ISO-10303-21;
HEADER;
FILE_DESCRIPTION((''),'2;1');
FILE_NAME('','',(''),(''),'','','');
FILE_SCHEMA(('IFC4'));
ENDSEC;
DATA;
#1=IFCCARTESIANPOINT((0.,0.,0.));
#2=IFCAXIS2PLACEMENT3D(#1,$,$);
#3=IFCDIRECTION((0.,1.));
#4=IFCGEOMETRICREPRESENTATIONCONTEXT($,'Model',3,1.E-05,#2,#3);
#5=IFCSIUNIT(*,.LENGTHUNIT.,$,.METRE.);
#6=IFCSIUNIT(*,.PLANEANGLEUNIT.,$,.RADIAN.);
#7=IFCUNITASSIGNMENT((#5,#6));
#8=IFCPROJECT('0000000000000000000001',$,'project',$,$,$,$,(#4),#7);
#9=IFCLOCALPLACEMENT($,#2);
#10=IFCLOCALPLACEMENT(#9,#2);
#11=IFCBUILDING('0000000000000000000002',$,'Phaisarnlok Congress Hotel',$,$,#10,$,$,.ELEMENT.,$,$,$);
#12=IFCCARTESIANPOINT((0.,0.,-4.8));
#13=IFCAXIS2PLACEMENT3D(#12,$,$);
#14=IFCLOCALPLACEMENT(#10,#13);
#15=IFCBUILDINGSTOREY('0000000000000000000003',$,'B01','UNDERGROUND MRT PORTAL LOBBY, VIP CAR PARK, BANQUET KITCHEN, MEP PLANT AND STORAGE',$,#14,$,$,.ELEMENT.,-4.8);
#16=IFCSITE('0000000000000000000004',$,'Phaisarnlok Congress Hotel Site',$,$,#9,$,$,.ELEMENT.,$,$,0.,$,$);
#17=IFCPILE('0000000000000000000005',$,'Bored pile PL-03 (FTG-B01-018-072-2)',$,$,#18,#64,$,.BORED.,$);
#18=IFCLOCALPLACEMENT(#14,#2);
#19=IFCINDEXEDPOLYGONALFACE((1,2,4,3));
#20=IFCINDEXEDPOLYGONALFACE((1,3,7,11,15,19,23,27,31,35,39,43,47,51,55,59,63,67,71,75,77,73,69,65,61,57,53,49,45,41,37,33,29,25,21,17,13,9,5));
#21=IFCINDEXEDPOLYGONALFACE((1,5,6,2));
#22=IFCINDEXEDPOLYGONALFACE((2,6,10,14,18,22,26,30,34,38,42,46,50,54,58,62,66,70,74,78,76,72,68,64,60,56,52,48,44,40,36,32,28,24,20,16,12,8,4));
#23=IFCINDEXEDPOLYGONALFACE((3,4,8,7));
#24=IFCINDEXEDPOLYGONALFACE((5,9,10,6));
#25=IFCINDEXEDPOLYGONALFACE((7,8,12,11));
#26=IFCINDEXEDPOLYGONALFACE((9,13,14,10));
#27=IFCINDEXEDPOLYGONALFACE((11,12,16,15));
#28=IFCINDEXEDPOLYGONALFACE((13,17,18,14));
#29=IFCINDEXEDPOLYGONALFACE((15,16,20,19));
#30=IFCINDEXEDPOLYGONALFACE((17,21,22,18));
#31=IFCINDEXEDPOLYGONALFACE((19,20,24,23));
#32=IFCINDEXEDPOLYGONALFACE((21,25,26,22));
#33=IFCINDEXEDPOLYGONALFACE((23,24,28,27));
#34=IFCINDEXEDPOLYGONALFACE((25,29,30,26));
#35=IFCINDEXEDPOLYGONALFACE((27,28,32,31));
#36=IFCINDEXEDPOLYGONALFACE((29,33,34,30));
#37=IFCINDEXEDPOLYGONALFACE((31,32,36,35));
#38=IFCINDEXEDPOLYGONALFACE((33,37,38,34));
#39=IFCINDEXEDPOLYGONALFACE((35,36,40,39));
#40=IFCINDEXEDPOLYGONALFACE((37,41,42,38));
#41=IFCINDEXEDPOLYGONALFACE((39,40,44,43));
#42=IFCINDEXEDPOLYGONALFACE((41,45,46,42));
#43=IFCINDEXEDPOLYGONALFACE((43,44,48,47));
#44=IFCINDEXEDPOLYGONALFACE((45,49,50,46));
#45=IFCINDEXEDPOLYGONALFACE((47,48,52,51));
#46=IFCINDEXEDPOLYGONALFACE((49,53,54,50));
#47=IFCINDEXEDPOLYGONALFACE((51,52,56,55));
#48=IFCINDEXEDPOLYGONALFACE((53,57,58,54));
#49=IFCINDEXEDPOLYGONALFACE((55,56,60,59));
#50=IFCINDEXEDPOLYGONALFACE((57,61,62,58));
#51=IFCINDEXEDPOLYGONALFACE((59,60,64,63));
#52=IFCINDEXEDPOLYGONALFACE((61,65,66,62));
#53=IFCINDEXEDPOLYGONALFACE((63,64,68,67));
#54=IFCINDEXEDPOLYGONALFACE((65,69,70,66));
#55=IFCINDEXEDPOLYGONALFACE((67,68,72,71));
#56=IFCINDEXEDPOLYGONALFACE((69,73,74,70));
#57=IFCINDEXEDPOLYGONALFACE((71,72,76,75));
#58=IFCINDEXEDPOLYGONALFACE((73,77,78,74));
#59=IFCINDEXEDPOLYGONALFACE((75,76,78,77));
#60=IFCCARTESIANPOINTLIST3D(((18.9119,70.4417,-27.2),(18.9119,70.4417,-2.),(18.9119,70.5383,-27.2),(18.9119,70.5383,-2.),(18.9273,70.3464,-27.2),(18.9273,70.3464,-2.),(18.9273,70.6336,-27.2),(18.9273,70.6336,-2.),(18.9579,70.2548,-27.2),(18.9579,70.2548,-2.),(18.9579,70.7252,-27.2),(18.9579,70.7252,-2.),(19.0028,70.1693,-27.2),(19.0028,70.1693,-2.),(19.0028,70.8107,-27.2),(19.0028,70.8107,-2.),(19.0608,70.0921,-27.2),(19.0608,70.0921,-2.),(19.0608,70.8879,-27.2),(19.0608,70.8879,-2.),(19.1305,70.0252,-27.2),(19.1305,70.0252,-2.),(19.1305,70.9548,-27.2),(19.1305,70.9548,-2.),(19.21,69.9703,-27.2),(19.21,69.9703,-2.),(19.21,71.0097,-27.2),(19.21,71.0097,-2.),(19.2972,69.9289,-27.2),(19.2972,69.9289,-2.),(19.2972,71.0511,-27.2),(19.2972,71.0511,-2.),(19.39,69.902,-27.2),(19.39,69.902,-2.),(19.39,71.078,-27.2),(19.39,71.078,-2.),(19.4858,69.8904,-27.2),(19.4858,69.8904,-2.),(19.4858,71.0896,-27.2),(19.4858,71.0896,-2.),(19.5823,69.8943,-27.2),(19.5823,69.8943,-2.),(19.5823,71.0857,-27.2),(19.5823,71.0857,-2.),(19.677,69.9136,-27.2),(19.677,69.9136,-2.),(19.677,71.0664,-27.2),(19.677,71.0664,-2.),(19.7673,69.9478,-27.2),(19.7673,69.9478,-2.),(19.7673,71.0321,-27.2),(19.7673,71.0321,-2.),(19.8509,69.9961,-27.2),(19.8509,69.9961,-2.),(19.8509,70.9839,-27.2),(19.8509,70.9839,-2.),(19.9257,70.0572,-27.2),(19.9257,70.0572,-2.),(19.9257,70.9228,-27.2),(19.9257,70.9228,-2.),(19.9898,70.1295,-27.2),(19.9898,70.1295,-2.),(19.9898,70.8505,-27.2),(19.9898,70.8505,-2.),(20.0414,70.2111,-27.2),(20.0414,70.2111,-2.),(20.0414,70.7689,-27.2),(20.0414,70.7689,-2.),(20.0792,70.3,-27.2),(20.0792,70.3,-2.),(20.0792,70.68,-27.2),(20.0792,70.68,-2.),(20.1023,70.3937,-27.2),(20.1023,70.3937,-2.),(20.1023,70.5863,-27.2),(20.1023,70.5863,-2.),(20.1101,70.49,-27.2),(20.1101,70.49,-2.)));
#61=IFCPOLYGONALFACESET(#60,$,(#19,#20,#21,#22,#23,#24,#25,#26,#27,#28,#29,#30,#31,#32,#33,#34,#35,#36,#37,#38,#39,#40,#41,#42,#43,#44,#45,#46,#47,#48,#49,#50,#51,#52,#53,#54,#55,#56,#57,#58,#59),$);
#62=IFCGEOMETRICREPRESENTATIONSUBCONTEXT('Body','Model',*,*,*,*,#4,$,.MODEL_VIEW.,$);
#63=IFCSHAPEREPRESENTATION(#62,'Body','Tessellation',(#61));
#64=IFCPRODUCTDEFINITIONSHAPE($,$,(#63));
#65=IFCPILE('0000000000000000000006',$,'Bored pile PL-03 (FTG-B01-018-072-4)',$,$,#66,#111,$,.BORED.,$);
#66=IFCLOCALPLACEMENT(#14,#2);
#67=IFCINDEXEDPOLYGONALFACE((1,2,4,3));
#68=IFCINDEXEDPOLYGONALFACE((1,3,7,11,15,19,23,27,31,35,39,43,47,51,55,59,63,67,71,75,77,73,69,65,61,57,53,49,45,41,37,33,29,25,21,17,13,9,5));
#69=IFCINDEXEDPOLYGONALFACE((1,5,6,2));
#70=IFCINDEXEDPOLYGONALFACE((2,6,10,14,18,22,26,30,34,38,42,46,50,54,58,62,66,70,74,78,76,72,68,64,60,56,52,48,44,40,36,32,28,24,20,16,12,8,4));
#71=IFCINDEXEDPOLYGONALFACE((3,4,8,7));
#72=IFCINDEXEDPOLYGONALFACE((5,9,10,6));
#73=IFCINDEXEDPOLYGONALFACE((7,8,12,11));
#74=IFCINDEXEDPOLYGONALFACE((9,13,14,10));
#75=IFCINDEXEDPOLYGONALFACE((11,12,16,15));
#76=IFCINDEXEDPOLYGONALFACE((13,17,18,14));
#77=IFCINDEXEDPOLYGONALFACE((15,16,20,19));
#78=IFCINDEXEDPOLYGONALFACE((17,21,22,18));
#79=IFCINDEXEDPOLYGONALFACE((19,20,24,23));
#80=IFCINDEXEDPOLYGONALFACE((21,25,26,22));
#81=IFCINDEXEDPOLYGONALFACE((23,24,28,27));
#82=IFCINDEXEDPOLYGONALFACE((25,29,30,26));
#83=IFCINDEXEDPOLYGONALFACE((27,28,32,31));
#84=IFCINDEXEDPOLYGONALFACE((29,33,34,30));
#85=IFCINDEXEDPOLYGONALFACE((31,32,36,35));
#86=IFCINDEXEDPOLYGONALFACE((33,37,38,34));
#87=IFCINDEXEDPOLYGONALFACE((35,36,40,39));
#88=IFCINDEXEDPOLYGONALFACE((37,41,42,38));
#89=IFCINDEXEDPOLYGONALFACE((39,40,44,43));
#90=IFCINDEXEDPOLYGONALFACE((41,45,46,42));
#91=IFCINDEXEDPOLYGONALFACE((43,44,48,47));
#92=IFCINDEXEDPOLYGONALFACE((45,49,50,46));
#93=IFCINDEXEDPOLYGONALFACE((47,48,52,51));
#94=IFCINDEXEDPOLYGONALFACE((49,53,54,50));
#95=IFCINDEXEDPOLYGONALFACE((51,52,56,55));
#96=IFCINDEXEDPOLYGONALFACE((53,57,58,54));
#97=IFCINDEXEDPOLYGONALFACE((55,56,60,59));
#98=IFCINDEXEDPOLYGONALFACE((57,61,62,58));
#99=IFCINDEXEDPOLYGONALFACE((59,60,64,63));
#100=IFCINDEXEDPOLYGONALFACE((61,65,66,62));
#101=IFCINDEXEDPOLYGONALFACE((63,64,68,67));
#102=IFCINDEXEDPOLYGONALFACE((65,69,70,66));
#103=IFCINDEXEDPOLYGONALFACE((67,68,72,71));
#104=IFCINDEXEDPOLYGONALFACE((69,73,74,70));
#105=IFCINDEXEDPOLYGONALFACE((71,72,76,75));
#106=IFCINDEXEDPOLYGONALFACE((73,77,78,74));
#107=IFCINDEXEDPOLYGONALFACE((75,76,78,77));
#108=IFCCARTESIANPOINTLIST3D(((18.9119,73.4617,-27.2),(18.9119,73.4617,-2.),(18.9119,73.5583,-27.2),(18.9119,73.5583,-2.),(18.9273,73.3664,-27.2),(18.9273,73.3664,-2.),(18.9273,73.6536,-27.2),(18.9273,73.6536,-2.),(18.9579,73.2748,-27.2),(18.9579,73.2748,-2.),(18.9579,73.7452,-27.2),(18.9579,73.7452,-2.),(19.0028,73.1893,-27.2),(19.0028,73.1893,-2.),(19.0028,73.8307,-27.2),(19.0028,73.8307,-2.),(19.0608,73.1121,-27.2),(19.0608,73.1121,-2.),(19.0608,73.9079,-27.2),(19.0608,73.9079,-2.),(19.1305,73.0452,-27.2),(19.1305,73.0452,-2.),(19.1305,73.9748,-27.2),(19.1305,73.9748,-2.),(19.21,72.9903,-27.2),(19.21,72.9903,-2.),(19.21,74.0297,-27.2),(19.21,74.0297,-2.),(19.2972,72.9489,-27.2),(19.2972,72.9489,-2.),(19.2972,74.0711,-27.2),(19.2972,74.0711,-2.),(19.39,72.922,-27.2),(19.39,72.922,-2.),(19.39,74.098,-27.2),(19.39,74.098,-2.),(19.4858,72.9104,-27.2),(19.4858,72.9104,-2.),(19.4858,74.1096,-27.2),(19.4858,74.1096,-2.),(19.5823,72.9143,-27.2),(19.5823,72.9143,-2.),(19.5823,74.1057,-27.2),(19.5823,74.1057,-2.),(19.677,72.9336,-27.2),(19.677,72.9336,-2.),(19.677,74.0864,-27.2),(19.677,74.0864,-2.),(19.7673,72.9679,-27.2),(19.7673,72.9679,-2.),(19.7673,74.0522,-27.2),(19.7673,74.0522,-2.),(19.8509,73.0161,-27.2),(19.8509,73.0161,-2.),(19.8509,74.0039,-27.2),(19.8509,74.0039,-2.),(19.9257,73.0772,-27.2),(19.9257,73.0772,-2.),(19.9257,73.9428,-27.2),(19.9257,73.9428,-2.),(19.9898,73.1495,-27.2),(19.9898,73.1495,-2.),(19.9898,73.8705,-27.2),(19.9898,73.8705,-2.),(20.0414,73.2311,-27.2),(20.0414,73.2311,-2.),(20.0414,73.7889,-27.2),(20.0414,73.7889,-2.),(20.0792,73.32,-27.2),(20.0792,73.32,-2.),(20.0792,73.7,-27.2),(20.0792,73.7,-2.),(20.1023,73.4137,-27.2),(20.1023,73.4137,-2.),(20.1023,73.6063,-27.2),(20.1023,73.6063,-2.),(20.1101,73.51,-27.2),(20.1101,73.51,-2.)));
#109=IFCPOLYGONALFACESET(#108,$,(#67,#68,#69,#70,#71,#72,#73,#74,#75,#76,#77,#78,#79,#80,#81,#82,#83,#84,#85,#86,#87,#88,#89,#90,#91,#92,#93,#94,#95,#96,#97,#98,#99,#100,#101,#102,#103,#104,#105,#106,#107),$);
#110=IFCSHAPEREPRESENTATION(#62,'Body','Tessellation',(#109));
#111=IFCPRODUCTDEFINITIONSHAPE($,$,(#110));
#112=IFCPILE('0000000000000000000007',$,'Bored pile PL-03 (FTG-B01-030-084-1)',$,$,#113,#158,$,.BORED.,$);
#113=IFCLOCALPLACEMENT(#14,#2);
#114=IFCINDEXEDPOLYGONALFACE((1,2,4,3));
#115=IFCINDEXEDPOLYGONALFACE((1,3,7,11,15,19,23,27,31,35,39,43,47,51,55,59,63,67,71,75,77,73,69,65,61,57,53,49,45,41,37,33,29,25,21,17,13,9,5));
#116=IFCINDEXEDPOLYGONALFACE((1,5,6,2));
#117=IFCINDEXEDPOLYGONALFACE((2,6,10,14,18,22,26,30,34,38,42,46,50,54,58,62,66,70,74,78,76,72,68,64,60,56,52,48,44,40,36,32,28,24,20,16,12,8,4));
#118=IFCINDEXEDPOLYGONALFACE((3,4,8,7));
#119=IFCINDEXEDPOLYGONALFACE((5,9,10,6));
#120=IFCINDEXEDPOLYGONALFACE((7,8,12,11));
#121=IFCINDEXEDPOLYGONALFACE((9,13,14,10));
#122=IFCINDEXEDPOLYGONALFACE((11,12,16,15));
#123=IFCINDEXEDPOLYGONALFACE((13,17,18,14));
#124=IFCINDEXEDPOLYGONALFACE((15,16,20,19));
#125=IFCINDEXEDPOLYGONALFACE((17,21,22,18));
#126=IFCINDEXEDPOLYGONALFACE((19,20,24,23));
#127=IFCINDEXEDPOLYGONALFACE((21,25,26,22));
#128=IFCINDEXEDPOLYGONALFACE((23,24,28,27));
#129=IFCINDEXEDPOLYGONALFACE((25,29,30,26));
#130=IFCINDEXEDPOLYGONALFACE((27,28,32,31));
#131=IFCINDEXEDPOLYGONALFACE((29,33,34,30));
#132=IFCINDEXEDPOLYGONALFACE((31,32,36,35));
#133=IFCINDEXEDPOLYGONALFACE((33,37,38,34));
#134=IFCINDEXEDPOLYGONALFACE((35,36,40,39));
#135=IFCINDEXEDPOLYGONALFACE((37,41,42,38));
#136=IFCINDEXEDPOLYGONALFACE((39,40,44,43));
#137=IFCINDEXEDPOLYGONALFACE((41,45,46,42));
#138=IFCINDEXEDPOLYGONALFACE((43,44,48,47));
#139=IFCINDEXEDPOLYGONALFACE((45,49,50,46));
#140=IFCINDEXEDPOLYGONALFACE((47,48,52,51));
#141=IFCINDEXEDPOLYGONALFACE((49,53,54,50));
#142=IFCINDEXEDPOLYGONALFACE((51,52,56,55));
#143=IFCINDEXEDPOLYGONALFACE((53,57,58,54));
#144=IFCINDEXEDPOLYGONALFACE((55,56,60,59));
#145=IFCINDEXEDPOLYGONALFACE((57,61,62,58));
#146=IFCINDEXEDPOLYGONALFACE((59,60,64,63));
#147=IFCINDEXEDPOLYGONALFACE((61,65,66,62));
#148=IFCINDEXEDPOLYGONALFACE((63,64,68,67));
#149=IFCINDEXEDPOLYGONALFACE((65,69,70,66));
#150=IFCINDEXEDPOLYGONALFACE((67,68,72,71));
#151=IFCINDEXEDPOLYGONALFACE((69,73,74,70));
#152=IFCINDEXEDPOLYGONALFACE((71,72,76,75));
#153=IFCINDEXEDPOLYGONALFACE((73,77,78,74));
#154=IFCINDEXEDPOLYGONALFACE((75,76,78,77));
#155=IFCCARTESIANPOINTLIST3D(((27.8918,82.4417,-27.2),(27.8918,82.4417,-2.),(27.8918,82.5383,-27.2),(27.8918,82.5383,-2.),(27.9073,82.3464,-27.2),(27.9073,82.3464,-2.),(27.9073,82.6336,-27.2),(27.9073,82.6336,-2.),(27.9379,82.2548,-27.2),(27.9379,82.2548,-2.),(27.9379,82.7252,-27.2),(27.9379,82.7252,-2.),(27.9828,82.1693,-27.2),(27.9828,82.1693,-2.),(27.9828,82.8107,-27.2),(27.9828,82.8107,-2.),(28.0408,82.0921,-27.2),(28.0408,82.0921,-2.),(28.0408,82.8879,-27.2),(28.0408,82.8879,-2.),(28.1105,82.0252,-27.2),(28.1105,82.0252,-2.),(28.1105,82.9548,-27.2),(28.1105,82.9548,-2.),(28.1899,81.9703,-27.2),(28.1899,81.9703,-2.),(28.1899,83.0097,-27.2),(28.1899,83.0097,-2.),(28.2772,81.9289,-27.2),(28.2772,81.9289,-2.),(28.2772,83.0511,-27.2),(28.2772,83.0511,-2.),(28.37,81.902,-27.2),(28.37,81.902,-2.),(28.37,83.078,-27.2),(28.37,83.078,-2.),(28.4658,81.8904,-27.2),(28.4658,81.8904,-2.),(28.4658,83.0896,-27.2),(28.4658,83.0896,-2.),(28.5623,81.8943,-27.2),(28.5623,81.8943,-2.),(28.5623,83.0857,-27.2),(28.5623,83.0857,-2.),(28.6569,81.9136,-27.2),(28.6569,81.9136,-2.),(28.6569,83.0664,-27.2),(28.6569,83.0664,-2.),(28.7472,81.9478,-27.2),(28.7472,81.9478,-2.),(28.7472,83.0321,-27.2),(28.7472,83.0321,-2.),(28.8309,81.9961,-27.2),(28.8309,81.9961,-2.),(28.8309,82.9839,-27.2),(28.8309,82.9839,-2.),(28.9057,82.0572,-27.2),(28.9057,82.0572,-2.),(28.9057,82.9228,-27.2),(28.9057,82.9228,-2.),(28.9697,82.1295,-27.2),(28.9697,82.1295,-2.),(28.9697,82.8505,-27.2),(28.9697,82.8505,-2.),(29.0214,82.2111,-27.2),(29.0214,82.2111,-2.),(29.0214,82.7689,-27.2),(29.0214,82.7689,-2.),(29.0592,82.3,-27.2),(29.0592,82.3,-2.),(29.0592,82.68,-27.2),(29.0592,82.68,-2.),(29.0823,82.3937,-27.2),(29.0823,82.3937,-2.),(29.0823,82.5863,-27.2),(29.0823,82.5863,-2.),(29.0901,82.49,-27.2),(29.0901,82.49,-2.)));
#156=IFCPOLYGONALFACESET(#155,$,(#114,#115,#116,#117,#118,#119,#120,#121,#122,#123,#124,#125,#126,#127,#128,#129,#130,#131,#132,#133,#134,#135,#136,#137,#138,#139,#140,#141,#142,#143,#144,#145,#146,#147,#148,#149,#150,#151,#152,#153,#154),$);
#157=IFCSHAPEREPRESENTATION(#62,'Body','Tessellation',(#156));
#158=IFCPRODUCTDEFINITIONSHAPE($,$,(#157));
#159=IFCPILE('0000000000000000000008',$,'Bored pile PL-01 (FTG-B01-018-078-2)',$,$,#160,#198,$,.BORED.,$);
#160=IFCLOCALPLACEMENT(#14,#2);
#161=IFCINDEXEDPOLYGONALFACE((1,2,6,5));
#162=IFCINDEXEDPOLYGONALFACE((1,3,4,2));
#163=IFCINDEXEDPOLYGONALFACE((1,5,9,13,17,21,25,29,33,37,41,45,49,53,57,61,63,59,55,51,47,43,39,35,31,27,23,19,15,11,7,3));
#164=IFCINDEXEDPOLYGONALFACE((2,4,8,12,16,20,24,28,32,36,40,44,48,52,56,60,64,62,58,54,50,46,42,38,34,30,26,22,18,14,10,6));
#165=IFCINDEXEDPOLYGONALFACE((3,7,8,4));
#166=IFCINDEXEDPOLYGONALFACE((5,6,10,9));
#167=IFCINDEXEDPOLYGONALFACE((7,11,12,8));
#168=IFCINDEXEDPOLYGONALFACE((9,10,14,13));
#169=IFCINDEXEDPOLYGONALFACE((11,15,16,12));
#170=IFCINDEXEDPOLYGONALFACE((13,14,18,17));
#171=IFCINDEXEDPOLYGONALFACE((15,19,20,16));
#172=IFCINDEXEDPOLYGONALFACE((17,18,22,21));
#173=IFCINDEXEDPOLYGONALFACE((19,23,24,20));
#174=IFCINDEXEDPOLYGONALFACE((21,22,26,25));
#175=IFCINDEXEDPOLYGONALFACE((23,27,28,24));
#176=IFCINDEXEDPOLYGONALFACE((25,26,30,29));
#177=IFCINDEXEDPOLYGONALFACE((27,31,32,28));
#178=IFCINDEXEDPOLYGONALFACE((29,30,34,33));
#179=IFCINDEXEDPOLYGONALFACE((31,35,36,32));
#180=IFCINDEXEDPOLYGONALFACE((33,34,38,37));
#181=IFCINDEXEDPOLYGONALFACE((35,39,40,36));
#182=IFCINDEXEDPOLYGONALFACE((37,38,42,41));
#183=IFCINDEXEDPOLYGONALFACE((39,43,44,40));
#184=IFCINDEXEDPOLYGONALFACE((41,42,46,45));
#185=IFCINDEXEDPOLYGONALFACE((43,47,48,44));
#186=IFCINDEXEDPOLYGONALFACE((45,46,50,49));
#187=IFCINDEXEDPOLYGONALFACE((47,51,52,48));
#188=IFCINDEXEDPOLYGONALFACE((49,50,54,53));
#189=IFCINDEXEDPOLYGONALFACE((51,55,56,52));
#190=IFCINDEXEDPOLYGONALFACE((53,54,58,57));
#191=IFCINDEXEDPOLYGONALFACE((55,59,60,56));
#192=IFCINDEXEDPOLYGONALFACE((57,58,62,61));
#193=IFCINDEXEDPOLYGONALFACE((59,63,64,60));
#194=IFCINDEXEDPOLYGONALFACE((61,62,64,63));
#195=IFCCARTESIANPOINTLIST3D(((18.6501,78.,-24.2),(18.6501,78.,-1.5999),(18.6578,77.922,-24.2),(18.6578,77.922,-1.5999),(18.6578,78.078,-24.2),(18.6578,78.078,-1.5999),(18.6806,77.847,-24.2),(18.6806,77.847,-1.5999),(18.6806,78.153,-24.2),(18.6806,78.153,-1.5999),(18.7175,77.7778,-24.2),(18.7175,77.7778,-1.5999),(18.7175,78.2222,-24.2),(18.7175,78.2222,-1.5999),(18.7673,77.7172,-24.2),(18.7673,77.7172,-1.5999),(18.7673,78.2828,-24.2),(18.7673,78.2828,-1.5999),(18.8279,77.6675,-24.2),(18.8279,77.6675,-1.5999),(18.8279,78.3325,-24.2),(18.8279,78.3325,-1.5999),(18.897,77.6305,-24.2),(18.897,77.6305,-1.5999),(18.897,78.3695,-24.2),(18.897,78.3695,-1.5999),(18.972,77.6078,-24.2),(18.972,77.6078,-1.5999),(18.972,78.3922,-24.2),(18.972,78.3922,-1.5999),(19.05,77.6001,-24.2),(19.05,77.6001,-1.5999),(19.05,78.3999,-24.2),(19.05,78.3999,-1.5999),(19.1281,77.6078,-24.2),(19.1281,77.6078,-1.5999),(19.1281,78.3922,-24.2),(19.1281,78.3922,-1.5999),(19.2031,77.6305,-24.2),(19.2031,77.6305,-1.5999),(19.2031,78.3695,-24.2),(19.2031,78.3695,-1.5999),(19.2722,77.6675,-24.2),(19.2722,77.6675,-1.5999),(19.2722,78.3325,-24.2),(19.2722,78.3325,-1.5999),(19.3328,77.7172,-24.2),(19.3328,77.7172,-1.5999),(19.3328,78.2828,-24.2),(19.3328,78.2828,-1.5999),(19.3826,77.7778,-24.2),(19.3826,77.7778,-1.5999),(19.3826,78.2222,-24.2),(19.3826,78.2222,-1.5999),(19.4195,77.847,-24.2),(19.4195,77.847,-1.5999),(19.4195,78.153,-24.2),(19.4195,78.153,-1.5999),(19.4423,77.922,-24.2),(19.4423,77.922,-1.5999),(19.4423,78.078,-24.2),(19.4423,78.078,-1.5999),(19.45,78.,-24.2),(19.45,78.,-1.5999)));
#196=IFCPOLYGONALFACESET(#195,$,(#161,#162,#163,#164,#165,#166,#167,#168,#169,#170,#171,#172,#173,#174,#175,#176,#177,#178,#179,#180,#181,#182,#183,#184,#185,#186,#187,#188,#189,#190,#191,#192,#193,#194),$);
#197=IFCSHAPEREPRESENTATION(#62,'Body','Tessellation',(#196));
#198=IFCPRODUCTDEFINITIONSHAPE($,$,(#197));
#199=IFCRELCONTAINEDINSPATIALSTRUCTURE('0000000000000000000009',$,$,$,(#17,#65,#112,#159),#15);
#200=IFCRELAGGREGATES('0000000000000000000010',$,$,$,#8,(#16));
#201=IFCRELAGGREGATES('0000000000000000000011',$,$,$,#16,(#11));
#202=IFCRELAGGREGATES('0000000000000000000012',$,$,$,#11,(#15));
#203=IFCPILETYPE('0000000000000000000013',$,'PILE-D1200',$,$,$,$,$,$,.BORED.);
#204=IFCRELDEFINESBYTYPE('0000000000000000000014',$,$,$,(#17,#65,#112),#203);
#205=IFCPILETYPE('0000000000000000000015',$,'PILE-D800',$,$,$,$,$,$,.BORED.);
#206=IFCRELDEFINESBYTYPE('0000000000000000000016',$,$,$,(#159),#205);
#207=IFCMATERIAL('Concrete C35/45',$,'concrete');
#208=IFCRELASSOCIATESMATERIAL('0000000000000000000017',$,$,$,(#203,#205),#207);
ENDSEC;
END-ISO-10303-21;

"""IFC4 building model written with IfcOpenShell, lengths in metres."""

from ifc_helpers import new_model, si_unit, direction, frame, origin, origin_2d, place, context, subcontext, project, spatial, circle, extrude, material, material_profile, profile_set, type_object, element, save


model = new_model("IFC4")

# Units and contexts
model_context = context("Model", 3, precision=1e-05, world=origin(), true_north=direction((0.0, 1.0)))
body_context = subcontext(model_context, "Body", "Model", "MODEL_VIEW")
ifc_project = project(units=[si_unit("LENGTHUNIT", "METRE"), si_unit("PLANEANGLEUNIT", "RADIAN")], contexts=[model_context])

# Site, building, storey
site_placement = place(None, origin())
site = spatial("IfcSite", under=ifc_project, at=site_placement, Name="Phaisarnlok Congress Hotel Site", CompositionType="ELEMENT", RefElevation=0.0)
building_placement = place(site_placement, origin())
building = spatial("IfcBuilding", under=site, at=building_placement, Name="Phaisarnlok Congress Hotel", CompositionType="ELEMENT")
storey_placement = place(building_placement, frame((0.0, 0.0, -4.8)))
storey = spatial("IfcBuildingStorey", under=building, at=storey_placement, Name="B01", Description="UNDERGROUND MRT PORTAL LOBBY, VIP CAR PARK, BANQUET KITCHEN, MEP PLANT AND STORAGE", CompositionType="ELEMENT", Elevation=-4.8)

# Piles
ifc_material_1 = material(Name="Concrete C35/45", Category="concrete")
ifc_material_profile_1 = material_profile(ifc_material_1, circle(Radius=0.6001, at=origin_2d()), Name="BORED PILE D1200")
ifc_profile_set_1 = profile_set([ifc_material_profile_1], Name="Concrete C35/45")
pile_type_1 = type_object("IfcPileType", Name="PILE-D1200", PredefinedType="BORED", material=ifc_profile_set_1)
for number, where, z_axis, x_axis, name in (
    (1, (19.51, 70.49, -2.0), (0.0, 0.0, -1.0), (1.0, 0.0, 0.0), "Bored pile PL-03 (FTG-B01-018-072-2)"),
    (2, (19.51, 73.51, -2.0), (0.0, 0.0, -1.0), (1.0, 0.0, 0.0), "Bored pile PL-03 (FTG-B01-018-072-4)"),
    (3, (28.49, 82.49, -2.0), (0.0, 0.0, -1.0), (1.0, 0.0, 0.0), "Bored pile PL-03 (FTG-B01-030-084-1)"),
):
    element("IfcPile", number, at=place(storey_placement, frame(where, z_axis=z_axis, x_axis=x_axis)), inside=storey, type_object=pile_type_1, Name=name, PredefinedType="BORED", context=body_context, shape_type="SweptSolid", body=[
        extrude(circle(Radius=0.6001, at=origin_2d()), origin(), (0.0, 0.0, 1.0), 25.2),
    ])
ifc_material_profile_2 = material_profile(ifc_material_1, circle(Radius=0.3999, at=origin_2d()), Name="BORED PILE D800")
ifc_profile_set_2 = profile_set([ifc_material_profile_2], Name="Concrete C35/45")
pile_type_2 = type_object("IfcPileType", Name="PILE-D800", PredefinedType="BORED", material=ifc_profile_set_2)
pile_1_placement = place(storey_placement, frame((19.05, 78.0, -1.5999), z_axis=(0.0, 0.0, -1.0), x_axis=(1.0, 0.0, 0.0)))
element("IfcPile", 4, at=pile_1_placement, inside=storey, type_object=pile_type_2, Name="Bored pile PL-01 (FTG-B01-018-078-2)", PredefinedType="BORED", context=body_context, shape_type="SweptSolid", body=[
    extrude(circle(Radius=0.3999, at=origin_2d()), origin(), (0.0, 0.0, 1.0), 22.6001),
])

save(model, "model.ifc")
